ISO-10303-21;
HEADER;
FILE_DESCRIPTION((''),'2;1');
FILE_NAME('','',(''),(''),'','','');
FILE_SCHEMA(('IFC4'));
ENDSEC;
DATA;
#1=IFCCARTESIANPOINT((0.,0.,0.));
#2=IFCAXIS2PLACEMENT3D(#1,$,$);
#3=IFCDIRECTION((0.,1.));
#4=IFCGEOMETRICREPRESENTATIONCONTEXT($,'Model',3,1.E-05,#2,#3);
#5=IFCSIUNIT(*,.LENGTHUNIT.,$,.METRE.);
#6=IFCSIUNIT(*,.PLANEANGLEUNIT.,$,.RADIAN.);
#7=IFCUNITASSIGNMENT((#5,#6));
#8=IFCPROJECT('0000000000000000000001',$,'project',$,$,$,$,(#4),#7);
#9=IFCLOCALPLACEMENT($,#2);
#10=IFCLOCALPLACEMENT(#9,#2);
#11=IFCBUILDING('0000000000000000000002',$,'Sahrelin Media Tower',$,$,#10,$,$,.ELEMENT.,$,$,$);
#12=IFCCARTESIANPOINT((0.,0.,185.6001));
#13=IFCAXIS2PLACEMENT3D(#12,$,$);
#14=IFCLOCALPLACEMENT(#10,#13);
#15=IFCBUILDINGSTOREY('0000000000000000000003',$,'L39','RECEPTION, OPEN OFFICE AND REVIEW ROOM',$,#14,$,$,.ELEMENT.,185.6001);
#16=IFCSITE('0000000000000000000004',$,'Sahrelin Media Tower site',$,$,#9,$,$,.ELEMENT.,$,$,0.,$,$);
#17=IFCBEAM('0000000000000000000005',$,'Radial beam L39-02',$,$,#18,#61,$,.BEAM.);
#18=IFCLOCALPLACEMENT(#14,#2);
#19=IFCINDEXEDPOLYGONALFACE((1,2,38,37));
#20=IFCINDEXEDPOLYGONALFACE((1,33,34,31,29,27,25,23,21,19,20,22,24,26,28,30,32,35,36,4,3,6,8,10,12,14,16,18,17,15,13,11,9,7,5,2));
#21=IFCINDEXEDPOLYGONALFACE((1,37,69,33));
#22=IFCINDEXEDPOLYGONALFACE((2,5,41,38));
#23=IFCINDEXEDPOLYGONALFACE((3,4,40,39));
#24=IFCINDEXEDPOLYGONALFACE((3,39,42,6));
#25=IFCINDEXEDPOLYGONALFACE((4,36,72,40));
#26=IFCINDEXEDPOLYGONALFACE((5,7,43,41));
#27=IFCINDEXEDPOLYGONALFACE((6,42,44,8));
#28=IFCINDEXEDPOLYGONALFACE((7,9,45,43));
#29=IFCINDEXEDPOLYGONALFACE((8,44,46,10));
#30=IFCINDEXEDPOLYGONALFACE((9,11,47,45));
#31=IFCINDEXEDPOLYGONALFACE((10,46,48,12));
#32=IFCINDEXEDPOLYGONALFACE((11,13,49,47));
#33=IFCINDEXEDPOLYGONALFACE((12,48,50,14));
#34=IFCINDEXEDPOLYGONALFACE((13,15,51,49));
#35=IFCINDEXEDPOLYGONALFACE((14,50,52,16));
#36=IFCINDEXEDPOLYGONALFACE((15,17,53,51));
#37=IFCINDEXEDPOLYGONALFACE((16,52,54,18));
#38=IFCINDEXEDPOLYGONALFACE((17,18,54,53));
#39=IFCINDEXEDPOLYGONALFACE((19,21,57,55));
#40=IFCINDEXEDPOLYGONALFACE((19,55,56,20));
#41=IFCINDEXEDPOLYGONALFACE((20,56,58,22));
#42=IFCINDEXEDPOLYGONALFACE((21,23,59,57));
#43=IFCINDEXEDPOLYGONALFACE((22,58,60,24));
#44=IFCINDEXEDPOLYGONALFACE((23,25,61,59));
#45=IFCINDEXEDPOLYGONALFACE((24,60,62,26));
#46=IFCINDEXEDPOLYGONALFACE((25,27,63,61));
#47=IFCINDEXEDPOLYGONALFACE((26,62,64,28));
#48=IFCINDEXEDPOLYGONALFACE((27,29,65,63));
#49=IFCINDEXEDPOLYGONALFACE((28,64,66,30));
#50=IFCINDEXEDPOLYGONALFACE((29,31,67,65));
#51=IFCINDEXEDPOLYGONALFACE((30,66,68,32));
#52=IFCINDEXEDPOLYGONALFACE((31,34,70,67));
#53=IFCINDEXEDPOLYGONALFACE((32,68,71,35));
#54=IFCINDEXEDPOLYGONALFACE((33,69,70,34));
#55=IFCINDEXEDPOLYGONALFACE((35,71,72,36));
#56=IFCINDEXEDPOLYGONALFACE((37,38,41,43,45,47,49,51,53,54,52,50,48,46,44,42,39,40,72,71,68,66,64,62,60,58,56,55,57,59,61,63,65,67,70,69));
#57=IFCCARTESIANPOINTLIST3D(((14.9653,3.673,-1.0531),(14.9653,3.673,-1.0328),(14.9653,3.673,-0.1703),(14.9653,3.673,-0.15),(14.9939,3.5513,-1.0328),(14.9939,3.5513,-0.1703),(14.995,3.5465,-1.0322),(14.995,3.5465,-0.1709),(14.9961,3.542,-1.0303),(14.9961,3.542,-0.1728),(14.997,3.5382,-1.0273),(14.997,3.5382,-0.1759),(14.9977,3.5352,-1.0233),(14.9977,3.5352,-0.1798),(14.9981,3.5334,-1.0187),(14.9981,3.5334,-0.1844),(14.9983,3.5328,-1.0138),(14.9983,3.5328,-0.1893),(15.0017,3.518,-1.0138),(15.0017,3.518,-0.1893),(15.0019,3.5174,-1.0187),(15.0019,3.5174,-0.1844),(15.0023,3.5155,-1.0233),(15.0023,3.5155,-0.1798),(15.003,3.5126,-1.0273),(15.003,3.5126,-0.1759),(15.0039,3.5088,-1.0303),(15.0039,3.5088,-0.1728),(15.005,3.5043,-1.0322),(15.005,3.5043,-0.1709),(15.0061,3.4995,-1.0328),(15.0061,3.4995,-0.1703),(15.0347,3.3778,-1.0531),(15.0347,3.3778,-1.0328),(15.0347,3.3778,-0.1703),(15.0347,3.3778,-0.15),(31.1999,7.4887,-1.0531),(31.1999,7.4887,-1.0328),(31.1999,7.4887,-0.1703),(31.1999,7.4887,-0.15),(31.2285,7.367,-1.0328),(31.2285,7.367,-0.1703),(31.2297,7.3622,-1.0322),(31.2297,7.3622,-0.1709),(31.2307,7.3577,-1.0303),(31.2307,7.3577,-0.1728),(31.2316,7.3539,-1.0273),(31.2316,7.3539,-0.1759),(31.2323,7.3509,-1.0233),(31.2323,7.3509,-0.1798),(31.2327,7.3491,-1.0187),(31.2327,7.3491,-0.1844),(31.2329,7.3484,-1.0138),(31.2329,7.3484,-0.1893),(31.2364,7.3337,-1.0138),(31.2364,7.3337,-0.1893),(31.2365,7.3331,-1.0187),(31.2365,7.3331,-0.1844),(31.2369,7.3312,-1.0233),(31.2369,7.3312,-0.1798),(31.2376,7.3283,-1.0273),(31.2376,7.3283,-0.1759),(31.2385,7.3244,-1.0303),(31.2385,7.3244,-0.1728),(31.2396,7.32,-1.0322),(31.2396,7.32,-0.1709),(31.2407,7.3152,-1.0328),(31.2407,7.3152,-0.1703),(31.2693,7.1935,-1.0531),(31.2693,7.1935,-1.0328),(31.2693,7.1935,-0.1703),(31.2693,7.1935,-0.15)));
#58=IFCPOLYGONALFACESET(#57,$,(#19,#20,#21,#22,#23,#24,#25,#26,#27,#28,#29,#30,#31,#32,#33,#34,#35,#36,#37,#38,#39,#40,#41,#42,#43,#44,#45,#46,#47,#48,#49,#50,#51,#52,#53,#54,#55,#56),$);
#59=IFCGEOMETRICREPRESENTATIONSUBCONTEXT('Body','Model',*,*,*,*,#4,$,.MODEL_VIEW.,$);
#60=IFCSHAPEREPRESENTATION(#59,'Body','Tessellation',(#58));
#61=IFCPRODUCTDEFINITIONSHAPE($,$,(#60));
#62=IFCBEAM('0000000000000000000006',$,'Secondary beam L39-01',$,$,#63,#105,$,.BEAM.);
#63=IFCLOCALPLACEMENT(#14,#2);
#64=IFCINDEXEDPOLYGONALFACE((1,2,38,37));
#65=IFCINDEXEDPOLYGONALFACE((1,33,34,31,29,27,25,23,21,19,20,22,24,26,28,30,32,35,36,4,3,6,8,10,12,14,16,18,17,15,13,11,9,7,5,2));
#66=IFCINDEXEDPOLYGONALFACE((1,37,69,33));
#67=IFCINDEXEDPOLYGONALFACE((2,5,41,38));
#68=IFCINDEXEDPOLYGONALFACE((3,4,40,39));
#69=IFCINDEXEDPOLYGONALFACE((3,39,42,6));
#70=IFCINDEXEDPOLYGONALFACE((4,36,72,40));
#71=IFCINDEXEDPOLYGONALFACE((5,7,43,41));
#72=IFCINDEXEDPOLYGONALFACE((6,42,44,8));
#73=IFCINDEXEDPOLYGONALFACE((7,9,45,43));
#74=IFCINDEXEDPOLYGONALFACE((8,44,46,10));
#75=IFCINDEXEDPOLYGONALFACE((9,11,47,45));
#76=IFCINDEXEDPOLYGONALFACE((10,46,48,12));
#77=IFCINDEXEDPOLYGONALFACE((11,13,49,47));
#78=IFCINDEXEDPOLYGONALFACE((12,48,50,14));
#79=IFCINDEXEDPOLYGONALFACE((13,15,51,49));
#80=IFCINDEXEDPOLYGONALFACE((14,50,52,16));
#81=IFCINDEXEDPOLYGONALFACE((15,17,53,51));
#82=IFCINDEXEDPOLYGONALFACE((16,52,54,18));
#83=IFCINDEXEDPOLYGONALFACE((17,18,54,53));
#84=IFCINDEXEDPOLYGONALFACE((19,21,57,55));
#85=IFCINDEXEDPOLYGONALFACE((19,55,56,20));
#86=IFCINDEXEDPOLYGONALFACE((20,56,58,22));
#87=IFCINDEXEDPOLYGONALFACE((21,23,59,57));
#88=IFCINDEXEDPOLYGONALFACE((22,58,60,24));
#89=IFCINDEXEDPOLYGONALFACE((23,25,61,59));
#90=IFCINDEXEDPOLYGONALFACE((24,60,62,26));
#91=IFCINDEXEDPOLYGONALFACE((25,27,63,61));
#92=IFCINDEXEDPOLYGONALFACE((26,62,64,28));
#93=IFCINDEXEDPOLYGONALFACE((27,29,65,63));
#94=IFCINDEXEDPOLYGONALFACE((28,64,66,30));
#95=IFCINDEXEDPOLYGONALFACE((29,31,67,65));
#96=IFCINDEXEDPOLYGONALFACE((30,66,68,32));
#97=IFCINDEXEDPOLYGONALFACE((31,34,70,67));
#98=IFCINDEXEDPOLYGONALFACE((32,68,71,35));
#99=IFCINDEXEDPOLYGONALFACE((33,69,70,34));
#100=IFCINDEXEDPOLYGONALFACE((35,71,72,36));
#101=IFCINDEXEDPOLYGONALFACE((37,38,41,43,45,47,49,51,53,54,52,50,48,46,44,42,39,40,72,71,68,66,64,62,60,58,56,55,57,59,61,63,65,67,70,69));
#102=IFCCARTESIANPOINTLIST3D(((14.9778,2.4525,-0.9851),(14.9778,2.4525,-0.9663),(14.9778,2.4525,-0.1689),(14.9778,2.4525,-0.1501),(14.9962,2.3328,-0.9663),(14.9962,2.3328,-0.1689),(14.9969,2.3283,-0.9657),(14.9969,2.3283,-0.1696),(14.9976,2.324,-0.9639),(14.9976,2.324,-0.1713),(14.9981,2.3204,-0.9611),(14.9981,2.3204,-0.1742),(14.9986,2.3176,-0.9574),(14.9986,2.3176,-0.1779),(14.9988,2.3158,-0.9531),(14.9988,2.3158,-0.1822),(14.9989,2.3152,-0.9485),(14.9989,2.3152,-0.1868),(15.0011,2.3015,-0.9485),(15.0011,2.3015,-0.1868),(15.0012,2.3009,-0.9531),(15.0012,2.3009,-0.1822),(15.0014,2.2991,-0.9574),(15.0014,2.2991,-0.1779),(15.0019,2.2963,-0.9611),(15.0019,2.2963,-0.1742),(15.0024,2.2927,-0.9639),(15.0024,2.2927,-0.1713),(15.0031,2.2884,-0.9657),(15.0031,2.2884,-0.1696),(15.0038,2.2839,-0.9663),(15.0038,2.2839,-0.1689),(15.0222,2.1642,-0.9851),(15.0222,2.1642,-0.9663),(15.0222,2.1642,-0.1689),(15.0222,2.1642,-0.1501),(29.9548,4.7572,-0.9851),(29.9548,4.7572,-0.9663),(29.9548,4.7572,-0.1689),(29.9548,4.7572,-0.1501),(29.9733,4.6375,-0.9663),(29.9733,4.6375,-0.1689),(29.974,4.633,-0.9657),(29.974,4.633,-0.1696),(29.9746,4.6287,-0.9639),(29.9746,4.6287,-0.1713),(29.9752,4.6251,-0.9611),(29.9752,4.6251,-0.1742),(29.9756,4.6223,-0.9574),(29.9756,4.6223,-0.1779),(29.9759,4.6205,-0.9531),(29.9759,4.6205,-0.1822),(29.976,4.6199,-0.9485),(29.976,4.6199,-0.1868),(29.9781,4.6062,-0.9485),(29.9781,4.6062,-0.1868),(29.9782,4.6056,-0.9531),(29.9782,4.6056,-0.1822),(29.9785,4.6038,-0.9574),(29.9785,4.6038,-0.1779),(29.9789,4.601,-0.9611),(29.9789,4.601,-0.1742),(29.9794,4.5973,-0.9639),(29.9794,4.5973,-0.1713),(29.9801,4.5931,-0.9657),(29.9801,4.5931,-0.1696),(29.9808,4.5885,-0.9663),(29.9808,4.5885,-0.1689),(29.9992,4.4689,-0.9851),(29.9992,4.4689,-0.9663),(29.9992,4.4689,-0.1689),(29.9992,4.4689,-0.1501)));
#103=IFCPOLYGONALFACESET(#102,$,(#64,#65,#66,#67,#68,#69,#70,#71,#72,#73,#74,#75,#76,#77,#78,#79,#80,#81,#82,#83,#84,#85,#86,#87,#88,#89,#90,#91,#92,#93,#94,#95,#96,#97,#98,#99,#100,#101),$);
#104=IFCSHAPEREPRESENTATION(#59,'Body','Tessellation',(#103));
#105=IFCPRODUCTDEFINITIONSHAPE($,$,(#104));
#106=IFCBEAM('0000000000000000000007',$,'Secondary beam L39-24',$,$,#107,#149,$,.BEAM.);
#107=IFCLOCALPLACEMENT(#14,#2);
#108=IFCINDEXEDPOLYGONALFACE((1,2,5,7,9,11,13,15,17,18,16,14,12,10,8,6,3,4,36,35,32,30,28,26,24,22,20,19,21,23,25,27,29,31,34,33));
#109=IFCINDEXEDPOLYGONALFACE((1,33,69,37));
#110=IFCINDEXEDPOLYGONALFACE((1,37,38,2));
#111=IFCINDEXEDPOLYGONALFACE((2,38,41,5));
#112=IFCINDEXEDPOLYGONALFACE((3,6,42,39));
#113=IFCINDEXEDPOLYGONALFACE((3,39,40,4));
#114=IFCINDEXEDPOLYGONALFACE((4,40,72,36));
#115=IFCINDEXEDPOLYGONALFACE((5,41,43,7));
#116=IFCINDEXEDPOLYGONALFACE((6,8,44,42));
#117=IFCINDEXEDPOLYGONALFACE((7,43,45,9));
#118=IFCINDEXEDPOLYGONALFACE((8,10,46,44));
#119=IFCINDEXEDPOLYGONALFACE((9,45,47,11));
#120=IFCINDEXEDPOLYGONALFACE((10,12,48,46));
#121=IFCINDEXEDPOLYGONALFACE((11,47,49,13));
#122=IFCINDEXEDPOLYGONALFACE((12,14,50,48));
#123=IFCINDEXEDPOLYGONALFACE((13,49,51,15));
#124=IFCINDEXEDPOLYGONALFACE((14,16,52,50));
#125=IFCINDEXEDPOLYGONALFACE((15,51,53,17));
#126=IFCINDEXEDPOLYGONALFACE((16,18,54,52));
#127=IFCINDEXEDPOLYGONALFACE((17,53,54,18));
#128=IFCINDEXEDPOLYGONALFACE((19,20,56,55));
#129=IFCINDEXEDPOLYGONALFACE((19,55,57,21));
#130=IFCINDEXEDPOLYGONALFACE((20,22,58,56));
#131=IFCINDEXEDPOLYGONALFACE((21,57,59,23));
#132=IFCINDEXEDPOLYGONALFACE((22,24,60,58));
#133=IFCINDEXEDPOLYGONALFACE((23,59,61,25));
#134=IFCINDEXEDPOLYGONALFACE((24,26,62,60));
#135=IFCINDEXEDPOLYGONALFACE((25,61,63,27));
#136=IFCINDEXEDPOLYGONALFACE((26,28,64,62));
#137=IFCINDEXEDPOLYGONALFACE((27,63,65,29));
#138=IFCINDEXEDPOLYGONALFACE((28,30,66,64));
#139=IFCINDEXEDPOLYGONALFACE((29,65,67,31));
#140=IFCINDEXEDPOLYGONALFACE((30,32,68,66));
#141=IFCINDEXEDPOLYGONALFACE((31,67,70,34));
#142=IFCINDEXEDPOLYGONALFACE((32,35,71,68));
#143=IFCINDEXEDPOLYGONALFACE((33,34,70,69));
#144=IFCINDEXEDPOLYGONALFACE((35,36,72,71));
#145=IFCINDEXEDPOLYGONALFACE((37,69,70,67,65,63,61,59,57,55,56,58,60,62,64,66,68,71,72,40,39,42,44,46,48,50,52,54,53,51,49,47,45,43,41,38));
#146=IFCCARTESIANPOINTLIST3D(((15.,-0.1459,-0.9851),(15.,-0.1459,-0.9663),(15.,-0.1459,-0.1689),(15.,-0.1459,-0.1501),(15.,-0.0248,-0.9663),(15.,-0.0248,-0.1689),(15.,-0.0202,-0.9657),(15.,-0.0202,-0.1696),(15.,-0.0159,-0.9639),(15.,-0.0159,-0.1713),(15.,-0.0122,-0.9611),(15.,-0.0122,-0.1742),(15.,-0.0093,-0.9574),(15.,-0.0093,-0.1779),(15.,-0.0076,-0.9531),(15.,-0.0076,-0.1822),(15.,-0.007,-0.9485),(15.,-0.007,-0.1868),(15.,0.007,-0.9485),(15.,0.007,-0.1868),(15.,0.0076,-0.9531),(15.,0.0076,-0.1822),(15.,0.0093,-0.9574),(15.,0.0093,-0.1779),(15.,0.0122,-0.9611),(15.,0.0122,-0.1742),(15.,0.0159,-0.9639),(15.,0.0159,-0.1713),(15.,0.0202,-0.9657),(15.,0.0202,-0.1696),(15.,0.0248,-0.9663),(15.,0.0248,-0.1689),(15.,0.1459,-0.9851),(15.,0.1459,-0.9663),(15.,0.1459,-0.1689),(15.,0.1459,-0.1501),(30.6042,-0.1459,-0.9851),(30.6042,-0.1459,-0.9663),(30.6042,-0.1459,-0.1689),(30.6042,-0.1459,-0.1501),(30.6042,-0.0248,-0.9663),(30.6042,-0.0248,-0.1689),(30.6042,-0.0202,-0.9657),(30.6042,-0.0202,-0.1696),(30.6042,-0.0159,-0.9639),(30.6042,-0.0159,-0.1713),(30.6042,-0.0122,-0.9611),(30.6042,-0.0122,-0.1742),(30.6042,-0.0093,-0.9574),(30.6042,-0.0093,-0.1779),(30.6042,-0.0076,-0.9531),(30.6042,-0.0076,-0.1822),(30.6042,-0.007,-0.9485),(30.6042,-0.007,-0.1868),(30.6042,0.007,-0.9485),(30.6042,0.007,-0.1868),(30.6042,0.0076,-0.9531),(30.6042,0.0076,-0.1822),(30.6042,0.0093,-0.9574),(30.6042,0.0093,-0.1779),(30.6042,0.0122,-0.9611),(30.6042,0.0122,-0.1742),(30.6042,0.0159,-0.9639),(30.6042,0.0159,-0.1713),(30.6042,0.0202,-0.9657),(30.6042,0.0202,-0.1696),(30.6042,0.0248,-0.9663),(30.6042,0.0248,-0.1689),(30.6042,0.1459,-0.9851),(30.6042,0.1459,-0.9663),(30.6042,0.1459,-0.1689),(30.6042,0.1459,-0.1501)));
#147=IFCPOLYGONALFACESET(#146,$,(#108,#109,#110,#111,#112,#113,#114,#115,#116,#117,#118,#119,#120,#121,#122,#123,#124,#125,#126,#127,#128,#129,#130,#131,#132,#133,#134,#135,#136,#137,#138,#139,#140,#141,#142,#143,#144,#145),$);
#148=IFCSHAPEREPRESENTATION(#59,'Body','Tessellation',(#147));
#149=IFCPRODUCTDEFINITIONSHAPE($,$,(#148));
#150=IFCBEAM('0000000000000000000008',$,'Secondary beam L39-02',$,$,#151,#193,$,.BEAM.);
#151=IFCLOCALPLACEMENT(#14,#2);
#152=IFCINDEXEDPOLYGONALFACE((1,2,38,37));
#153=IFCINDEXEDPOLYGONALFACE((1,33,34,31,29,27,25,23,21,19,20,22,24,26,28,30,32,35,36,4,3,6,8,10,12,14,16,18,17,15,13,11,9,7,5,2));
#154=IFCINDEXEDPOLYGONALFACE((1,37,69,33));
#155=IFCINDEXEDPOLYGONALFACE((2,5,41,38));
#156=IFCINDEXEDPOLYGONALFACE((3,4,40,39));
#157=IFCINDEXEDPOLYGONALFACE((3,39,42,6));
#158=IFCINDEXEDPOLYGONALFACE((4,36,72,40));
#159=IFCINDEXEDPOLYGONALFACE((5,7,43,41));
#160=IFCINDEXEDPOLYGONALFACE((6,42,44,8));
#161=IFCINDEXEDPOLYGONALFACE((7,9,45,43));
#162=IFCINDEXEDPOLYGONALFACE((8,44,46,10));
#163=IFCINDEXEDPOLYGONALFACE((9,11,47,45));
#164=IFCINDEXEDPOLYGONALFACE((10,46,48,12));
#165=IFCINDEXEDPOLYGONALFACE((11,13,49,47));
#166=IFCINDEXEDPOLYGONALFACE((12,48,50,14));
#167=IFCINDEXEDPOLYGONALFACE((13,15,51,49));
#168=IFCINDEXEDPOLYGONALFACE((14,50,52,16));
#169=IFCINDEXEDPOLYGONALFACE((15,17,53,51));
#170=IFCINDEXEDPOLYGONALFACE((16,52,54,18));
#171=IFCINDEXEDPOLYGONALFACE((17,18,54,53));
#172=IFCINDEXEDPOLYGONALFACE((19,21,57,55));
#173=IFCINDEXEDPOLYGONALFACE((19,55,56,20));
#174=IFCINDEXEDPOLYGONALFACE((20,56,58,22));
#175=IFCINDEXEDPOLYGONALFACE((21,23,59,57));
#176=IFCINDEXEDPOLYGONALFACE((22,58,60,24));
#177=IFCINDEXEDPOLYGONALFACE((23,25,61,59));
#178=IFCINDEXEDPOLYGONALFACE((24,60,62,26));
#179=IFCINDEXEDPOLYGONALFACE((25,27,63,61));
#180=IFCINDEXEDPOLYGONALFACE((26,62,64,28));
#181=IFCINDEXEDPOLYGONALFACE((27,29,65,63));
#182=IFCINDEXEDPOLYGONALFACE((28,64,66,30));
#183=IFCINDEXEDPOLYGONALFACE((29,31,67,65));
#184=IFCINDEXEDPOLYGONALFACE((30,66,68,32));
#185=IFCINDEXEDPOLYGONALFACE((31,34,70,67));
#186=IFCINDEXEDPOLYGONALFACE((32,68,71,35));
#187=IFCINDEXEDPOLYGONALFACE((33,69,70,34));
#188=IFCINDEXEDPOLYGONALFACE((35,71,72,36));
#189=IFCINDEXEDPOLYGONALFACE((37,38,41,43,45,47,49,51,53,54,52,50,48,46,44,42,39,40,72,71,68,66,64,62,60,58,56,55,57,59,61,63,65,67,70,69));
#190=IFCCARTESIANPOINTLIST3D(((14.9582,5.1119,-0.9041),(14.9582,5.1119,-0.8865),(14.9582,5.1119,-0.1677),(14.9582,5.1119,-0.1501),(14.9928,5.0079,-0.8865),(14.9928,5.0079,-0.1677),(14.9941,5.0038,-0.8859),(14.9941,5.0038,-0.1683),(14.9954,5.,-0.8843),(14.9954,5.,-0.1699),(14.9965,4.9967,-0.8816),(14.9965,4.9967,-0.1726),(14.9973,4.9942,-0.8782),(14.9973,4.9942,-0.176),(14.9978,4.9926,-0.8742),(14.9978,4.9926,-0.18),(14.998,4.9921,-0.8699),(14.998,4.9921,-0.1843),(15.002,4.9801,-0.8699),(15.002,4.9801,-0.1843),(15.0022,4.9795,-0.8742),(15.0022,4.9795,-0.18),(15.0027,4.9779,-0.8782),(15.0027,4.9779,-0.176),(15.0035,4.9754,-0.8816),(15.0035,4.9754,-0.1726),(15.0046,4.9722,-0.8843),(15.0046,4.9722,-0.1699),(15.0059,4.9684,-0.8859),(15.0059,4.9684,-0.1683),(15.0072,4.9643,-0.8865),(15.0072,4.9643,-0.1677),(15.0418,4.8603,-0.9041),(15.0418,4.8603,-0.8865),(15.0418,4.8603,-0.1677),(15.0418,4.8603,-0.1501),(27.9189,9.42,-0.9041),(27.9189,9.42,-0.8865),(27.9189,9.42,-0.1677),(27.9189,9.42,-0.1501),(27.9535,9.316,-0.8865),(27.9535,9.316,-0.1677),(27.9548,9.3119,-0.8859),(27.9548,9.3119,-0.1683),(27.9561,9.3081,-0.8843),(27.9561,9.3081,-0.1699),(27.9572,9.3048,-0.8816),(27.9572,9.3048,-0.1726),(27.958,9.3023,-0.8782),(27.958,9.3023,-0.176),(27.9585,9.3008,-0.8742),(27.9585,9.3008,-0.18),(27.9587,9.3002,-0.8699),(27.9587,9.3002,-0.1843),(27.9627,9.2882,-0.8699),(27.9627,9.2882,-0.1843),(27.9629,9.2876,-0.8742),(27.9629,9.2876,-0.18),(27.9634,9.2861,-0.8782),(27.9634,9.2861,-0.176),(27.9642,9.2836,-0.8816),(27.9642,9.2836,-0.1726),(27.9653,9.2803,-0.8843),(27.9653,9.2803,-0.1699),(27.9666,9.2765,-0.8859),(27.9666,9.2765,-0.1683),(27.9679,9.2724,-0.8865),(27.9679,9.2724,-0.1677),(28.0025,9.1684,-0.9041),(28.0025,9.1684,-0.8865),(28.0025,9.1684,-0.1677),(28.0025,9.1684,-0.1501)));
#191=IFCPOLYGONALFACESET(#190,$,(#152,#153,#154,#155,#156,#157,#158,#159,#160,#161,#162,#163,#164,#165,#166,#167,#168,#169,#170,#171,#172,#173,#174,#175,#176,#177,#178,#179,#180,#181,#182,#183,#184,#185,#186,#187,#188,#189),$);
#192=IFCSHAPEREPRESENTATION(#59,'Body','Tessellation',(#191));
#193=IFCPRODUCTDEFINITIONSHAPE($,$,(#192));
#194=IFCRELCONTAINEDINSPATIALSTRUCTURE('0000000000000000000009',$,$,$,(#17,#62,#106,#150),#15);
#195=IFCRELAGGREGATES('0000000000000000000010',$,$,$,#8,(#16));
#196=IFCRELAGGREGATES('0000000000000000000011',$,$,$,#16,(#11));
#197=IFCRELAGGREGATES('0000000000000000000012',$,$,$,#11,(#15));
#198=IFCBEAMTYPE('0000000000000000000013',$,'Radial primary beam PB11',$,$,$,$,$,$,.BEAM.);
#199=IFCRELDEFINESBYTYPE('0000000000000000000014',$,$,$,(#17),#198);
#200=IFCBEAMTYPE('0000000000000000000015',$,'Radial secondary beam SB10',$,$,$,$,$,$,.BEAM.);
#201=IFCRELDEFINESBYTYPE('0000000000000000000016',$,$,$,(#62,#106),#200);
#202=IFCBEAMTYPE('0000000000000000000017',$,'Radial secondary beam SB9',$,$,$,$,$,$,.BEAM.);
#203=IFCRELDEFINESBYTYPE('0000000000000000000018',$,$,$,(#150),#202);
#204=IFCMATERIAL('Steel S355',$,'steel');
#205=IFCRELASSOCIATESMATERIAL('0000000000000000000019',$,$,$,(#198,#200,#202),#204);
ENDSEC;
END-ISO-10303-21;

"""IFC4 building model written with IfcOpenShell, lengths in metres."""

from ifc_helpers import new_model, si_unit, direction, frame, origin, origin_2d, place, context, subcontext, project, spatial, i_section, extrude, material, material_profile, profile_set, type_object, element, save


model = new_model("IFC4")

# Units and contexts
model_context = context("Model", 3, precision=1e-05, world=origin(), true_north=direction((0.0, 1.0)))
body_context = subcontext(model_context, "Body", "Model", "MODEL_VIEW")
ifc_project = project(units=[si_unit("LENGTHUNIT", "METRE"), si_unit("PLANEANGLEUNIT", "RADIAN")], contexts=[model_context])

# Site, building, storey
site_placement = place(None, origin())
site = spatial("IfcSite", under=ifc_project, at=site_placement, Name="Sahrelin Media Tower site", CompositionType="ELEMENT", RefElevation=0.0)
building_placement = place(site_placement, origin())
building = spatial("IfcBuilding", under=site, at=building_placement, Name="Sahrelin Media Tower", CompositionType="ELEMENT")
storey_placement = place(building_placement, frame((0.0, 0.0, 185.6001)))
storey = spatial("IfcBuildingStorey", under=building, at=storey_placement, Name="L39", Description="RECEPTION, OPEN OFFICE AND REVIEW ROOM", CompositionType="ELEMENT", Elevation=185.6001)

# Shared definitions
ifc_material_1 = material(Name="Steel S355", Category="steel")

# Beams
ifc_material_profile_1 = material_profile(ifc_material_1, i_section(OverallWidth=0.3032, OverallDepth=0.9031, WebThickness=0.0151, FlangeThickness=0.0203, FilletRadius=0.019, at=origin_2d()), Name="UB 914x305x201")
ifc_profile_set_1 = profile_set([ifc_material_profile_1], Name="Steel S355")
beam_type_1 = type_object("IfcBeamType", Name="Radial primary beam PB11", PredefinedType="BEAM", material=ifc_profile_set_1)
beam_1_placement = place(storey_placement, frame((15.0, 3.5254, -0.6016), z_axis=(0.973474, 0.228799, 0.0), x_axis=(-0.228799, 0.973474, 0.0)))
element("IfcBeam", 1, at=beam_1_placement, inside=storey, type_object=beam_type_1, Name="Radial beam L39-02", PredefinedType="BEAM", context=body_context, shape_type="SweptSolid", body=[
    extrude(i_section(OverallWidth=0.3032, OverallDepth=0.9031, WebThickness=0.0151, FlangeThickness=0.0203, FilletRadius=0.019, at=origin_2d()), origin(), (0.0, 0.0, 1.0), 16.677),
])
ifc_material_profile_2 = material_profile(ifc_material_1, i_section(OverallWidth=0.2917, OverallDepth=0.835, WebThickness=0.0139, FlangeThickness=0.0188, FilletRadius=0.0178, at=origin_2d()), Name="UB 838x292x176")
ifc_profile_set_2 = profile_set([ifc_material_profile_2], Name="Steel S355")
beam_type_2 = type_object("IfcBeamType", Name="Radial secondary beam SB10", PredefinedType="BEAM", material=ifc_profile_set_2)
beam_2_placement = place(storey_placement, frame((15.0, 2.3083, -0.5676), z_axis=(0.988366, 0.152091, 0.0), x_axis=(-0.152091, 0.988366, 0.0)))
element("IfcBeam", 2, at=beam_2_placement, inside=storey, type_object=beam_type_2, Name="Secondary beam L39-01", PredefinedType="BEAM", context=body_context, shape_type="SweptSolid", body=[
    extrude(i_section(OverallWidth=0.2917, OverallDepth=0.835, WebThickness=0.0139, FlangeThickness=0.0188, FilletRadius=0.0178, at=origin_2d()), origin(), (0.0, 0.0, 1.0), 15.1533),
])
beam_3_placement = place(storey_placement, frame((15.0, 0.0, -0.5676), z_axis=(1.0, 0.0, 0.0), x_axis=(0.0, 1.0, 0.0)))
element("IfcBeam", 3, at=beam_3_placement, inside=storey, type_object=beam_type_2, Name="Secondary beam L39-24", PredefinedType="BEAM", context=body_context, shape_type="SweptSolid", body=[
    extrude(i_section(OverallWidth=0.2917, OverallDepth=0.835, WebThickness=0.0139, FlangeThickness=0.0188, FilletRadius=0.0178, at=origin_2d()), origin(), (0.0, 0.0, 1.0), 15.6042),
])
ifc_material_profile_3 = material_profile(ifc_material_1, i_section(OverallWidth=0.2651, OverallDepth=0.7539, WebThickness=0.0127, FlangeThickness=0.0176, FilletRadius=0.0166, at=origin_2d()), Name="UB 762x267x147")
ifc_profile_set_3 = profile_set([ifc_material_profile_3], Name="Steel S355")
beam_type_3 = type_object("IfcBeamType", Name="Radial secondary beam SB9", PredefinedType="BEAM", material=ifc_profile_set_3)
beam_4_placement = place(storey_placement, frame((15.0, 4.9861, -0.5271), z_axis=(0.948949, 0.315429, 0.0), x_axis=(-0.315429, 0.948949, 0.0)))
element("IfcBeam", 4, at=beam_4_placement, inside=storey, type_object=beam_type_3, Name="Secondary beam L39-02", PredefinedType="BEAM", context=body_context, shape_type="SweptSolid", body=[
    extrude(i_section(OverallWidth=0.2651, OverallDepth=0.7539, WebThickness=0.0127, FlangeThickness=0.0176, FilletRadius=0.0166, at=origin_2d()), origin(), (0.0, 0.0, 1.0), 13.658),
])

save(model, "model.ifc")
